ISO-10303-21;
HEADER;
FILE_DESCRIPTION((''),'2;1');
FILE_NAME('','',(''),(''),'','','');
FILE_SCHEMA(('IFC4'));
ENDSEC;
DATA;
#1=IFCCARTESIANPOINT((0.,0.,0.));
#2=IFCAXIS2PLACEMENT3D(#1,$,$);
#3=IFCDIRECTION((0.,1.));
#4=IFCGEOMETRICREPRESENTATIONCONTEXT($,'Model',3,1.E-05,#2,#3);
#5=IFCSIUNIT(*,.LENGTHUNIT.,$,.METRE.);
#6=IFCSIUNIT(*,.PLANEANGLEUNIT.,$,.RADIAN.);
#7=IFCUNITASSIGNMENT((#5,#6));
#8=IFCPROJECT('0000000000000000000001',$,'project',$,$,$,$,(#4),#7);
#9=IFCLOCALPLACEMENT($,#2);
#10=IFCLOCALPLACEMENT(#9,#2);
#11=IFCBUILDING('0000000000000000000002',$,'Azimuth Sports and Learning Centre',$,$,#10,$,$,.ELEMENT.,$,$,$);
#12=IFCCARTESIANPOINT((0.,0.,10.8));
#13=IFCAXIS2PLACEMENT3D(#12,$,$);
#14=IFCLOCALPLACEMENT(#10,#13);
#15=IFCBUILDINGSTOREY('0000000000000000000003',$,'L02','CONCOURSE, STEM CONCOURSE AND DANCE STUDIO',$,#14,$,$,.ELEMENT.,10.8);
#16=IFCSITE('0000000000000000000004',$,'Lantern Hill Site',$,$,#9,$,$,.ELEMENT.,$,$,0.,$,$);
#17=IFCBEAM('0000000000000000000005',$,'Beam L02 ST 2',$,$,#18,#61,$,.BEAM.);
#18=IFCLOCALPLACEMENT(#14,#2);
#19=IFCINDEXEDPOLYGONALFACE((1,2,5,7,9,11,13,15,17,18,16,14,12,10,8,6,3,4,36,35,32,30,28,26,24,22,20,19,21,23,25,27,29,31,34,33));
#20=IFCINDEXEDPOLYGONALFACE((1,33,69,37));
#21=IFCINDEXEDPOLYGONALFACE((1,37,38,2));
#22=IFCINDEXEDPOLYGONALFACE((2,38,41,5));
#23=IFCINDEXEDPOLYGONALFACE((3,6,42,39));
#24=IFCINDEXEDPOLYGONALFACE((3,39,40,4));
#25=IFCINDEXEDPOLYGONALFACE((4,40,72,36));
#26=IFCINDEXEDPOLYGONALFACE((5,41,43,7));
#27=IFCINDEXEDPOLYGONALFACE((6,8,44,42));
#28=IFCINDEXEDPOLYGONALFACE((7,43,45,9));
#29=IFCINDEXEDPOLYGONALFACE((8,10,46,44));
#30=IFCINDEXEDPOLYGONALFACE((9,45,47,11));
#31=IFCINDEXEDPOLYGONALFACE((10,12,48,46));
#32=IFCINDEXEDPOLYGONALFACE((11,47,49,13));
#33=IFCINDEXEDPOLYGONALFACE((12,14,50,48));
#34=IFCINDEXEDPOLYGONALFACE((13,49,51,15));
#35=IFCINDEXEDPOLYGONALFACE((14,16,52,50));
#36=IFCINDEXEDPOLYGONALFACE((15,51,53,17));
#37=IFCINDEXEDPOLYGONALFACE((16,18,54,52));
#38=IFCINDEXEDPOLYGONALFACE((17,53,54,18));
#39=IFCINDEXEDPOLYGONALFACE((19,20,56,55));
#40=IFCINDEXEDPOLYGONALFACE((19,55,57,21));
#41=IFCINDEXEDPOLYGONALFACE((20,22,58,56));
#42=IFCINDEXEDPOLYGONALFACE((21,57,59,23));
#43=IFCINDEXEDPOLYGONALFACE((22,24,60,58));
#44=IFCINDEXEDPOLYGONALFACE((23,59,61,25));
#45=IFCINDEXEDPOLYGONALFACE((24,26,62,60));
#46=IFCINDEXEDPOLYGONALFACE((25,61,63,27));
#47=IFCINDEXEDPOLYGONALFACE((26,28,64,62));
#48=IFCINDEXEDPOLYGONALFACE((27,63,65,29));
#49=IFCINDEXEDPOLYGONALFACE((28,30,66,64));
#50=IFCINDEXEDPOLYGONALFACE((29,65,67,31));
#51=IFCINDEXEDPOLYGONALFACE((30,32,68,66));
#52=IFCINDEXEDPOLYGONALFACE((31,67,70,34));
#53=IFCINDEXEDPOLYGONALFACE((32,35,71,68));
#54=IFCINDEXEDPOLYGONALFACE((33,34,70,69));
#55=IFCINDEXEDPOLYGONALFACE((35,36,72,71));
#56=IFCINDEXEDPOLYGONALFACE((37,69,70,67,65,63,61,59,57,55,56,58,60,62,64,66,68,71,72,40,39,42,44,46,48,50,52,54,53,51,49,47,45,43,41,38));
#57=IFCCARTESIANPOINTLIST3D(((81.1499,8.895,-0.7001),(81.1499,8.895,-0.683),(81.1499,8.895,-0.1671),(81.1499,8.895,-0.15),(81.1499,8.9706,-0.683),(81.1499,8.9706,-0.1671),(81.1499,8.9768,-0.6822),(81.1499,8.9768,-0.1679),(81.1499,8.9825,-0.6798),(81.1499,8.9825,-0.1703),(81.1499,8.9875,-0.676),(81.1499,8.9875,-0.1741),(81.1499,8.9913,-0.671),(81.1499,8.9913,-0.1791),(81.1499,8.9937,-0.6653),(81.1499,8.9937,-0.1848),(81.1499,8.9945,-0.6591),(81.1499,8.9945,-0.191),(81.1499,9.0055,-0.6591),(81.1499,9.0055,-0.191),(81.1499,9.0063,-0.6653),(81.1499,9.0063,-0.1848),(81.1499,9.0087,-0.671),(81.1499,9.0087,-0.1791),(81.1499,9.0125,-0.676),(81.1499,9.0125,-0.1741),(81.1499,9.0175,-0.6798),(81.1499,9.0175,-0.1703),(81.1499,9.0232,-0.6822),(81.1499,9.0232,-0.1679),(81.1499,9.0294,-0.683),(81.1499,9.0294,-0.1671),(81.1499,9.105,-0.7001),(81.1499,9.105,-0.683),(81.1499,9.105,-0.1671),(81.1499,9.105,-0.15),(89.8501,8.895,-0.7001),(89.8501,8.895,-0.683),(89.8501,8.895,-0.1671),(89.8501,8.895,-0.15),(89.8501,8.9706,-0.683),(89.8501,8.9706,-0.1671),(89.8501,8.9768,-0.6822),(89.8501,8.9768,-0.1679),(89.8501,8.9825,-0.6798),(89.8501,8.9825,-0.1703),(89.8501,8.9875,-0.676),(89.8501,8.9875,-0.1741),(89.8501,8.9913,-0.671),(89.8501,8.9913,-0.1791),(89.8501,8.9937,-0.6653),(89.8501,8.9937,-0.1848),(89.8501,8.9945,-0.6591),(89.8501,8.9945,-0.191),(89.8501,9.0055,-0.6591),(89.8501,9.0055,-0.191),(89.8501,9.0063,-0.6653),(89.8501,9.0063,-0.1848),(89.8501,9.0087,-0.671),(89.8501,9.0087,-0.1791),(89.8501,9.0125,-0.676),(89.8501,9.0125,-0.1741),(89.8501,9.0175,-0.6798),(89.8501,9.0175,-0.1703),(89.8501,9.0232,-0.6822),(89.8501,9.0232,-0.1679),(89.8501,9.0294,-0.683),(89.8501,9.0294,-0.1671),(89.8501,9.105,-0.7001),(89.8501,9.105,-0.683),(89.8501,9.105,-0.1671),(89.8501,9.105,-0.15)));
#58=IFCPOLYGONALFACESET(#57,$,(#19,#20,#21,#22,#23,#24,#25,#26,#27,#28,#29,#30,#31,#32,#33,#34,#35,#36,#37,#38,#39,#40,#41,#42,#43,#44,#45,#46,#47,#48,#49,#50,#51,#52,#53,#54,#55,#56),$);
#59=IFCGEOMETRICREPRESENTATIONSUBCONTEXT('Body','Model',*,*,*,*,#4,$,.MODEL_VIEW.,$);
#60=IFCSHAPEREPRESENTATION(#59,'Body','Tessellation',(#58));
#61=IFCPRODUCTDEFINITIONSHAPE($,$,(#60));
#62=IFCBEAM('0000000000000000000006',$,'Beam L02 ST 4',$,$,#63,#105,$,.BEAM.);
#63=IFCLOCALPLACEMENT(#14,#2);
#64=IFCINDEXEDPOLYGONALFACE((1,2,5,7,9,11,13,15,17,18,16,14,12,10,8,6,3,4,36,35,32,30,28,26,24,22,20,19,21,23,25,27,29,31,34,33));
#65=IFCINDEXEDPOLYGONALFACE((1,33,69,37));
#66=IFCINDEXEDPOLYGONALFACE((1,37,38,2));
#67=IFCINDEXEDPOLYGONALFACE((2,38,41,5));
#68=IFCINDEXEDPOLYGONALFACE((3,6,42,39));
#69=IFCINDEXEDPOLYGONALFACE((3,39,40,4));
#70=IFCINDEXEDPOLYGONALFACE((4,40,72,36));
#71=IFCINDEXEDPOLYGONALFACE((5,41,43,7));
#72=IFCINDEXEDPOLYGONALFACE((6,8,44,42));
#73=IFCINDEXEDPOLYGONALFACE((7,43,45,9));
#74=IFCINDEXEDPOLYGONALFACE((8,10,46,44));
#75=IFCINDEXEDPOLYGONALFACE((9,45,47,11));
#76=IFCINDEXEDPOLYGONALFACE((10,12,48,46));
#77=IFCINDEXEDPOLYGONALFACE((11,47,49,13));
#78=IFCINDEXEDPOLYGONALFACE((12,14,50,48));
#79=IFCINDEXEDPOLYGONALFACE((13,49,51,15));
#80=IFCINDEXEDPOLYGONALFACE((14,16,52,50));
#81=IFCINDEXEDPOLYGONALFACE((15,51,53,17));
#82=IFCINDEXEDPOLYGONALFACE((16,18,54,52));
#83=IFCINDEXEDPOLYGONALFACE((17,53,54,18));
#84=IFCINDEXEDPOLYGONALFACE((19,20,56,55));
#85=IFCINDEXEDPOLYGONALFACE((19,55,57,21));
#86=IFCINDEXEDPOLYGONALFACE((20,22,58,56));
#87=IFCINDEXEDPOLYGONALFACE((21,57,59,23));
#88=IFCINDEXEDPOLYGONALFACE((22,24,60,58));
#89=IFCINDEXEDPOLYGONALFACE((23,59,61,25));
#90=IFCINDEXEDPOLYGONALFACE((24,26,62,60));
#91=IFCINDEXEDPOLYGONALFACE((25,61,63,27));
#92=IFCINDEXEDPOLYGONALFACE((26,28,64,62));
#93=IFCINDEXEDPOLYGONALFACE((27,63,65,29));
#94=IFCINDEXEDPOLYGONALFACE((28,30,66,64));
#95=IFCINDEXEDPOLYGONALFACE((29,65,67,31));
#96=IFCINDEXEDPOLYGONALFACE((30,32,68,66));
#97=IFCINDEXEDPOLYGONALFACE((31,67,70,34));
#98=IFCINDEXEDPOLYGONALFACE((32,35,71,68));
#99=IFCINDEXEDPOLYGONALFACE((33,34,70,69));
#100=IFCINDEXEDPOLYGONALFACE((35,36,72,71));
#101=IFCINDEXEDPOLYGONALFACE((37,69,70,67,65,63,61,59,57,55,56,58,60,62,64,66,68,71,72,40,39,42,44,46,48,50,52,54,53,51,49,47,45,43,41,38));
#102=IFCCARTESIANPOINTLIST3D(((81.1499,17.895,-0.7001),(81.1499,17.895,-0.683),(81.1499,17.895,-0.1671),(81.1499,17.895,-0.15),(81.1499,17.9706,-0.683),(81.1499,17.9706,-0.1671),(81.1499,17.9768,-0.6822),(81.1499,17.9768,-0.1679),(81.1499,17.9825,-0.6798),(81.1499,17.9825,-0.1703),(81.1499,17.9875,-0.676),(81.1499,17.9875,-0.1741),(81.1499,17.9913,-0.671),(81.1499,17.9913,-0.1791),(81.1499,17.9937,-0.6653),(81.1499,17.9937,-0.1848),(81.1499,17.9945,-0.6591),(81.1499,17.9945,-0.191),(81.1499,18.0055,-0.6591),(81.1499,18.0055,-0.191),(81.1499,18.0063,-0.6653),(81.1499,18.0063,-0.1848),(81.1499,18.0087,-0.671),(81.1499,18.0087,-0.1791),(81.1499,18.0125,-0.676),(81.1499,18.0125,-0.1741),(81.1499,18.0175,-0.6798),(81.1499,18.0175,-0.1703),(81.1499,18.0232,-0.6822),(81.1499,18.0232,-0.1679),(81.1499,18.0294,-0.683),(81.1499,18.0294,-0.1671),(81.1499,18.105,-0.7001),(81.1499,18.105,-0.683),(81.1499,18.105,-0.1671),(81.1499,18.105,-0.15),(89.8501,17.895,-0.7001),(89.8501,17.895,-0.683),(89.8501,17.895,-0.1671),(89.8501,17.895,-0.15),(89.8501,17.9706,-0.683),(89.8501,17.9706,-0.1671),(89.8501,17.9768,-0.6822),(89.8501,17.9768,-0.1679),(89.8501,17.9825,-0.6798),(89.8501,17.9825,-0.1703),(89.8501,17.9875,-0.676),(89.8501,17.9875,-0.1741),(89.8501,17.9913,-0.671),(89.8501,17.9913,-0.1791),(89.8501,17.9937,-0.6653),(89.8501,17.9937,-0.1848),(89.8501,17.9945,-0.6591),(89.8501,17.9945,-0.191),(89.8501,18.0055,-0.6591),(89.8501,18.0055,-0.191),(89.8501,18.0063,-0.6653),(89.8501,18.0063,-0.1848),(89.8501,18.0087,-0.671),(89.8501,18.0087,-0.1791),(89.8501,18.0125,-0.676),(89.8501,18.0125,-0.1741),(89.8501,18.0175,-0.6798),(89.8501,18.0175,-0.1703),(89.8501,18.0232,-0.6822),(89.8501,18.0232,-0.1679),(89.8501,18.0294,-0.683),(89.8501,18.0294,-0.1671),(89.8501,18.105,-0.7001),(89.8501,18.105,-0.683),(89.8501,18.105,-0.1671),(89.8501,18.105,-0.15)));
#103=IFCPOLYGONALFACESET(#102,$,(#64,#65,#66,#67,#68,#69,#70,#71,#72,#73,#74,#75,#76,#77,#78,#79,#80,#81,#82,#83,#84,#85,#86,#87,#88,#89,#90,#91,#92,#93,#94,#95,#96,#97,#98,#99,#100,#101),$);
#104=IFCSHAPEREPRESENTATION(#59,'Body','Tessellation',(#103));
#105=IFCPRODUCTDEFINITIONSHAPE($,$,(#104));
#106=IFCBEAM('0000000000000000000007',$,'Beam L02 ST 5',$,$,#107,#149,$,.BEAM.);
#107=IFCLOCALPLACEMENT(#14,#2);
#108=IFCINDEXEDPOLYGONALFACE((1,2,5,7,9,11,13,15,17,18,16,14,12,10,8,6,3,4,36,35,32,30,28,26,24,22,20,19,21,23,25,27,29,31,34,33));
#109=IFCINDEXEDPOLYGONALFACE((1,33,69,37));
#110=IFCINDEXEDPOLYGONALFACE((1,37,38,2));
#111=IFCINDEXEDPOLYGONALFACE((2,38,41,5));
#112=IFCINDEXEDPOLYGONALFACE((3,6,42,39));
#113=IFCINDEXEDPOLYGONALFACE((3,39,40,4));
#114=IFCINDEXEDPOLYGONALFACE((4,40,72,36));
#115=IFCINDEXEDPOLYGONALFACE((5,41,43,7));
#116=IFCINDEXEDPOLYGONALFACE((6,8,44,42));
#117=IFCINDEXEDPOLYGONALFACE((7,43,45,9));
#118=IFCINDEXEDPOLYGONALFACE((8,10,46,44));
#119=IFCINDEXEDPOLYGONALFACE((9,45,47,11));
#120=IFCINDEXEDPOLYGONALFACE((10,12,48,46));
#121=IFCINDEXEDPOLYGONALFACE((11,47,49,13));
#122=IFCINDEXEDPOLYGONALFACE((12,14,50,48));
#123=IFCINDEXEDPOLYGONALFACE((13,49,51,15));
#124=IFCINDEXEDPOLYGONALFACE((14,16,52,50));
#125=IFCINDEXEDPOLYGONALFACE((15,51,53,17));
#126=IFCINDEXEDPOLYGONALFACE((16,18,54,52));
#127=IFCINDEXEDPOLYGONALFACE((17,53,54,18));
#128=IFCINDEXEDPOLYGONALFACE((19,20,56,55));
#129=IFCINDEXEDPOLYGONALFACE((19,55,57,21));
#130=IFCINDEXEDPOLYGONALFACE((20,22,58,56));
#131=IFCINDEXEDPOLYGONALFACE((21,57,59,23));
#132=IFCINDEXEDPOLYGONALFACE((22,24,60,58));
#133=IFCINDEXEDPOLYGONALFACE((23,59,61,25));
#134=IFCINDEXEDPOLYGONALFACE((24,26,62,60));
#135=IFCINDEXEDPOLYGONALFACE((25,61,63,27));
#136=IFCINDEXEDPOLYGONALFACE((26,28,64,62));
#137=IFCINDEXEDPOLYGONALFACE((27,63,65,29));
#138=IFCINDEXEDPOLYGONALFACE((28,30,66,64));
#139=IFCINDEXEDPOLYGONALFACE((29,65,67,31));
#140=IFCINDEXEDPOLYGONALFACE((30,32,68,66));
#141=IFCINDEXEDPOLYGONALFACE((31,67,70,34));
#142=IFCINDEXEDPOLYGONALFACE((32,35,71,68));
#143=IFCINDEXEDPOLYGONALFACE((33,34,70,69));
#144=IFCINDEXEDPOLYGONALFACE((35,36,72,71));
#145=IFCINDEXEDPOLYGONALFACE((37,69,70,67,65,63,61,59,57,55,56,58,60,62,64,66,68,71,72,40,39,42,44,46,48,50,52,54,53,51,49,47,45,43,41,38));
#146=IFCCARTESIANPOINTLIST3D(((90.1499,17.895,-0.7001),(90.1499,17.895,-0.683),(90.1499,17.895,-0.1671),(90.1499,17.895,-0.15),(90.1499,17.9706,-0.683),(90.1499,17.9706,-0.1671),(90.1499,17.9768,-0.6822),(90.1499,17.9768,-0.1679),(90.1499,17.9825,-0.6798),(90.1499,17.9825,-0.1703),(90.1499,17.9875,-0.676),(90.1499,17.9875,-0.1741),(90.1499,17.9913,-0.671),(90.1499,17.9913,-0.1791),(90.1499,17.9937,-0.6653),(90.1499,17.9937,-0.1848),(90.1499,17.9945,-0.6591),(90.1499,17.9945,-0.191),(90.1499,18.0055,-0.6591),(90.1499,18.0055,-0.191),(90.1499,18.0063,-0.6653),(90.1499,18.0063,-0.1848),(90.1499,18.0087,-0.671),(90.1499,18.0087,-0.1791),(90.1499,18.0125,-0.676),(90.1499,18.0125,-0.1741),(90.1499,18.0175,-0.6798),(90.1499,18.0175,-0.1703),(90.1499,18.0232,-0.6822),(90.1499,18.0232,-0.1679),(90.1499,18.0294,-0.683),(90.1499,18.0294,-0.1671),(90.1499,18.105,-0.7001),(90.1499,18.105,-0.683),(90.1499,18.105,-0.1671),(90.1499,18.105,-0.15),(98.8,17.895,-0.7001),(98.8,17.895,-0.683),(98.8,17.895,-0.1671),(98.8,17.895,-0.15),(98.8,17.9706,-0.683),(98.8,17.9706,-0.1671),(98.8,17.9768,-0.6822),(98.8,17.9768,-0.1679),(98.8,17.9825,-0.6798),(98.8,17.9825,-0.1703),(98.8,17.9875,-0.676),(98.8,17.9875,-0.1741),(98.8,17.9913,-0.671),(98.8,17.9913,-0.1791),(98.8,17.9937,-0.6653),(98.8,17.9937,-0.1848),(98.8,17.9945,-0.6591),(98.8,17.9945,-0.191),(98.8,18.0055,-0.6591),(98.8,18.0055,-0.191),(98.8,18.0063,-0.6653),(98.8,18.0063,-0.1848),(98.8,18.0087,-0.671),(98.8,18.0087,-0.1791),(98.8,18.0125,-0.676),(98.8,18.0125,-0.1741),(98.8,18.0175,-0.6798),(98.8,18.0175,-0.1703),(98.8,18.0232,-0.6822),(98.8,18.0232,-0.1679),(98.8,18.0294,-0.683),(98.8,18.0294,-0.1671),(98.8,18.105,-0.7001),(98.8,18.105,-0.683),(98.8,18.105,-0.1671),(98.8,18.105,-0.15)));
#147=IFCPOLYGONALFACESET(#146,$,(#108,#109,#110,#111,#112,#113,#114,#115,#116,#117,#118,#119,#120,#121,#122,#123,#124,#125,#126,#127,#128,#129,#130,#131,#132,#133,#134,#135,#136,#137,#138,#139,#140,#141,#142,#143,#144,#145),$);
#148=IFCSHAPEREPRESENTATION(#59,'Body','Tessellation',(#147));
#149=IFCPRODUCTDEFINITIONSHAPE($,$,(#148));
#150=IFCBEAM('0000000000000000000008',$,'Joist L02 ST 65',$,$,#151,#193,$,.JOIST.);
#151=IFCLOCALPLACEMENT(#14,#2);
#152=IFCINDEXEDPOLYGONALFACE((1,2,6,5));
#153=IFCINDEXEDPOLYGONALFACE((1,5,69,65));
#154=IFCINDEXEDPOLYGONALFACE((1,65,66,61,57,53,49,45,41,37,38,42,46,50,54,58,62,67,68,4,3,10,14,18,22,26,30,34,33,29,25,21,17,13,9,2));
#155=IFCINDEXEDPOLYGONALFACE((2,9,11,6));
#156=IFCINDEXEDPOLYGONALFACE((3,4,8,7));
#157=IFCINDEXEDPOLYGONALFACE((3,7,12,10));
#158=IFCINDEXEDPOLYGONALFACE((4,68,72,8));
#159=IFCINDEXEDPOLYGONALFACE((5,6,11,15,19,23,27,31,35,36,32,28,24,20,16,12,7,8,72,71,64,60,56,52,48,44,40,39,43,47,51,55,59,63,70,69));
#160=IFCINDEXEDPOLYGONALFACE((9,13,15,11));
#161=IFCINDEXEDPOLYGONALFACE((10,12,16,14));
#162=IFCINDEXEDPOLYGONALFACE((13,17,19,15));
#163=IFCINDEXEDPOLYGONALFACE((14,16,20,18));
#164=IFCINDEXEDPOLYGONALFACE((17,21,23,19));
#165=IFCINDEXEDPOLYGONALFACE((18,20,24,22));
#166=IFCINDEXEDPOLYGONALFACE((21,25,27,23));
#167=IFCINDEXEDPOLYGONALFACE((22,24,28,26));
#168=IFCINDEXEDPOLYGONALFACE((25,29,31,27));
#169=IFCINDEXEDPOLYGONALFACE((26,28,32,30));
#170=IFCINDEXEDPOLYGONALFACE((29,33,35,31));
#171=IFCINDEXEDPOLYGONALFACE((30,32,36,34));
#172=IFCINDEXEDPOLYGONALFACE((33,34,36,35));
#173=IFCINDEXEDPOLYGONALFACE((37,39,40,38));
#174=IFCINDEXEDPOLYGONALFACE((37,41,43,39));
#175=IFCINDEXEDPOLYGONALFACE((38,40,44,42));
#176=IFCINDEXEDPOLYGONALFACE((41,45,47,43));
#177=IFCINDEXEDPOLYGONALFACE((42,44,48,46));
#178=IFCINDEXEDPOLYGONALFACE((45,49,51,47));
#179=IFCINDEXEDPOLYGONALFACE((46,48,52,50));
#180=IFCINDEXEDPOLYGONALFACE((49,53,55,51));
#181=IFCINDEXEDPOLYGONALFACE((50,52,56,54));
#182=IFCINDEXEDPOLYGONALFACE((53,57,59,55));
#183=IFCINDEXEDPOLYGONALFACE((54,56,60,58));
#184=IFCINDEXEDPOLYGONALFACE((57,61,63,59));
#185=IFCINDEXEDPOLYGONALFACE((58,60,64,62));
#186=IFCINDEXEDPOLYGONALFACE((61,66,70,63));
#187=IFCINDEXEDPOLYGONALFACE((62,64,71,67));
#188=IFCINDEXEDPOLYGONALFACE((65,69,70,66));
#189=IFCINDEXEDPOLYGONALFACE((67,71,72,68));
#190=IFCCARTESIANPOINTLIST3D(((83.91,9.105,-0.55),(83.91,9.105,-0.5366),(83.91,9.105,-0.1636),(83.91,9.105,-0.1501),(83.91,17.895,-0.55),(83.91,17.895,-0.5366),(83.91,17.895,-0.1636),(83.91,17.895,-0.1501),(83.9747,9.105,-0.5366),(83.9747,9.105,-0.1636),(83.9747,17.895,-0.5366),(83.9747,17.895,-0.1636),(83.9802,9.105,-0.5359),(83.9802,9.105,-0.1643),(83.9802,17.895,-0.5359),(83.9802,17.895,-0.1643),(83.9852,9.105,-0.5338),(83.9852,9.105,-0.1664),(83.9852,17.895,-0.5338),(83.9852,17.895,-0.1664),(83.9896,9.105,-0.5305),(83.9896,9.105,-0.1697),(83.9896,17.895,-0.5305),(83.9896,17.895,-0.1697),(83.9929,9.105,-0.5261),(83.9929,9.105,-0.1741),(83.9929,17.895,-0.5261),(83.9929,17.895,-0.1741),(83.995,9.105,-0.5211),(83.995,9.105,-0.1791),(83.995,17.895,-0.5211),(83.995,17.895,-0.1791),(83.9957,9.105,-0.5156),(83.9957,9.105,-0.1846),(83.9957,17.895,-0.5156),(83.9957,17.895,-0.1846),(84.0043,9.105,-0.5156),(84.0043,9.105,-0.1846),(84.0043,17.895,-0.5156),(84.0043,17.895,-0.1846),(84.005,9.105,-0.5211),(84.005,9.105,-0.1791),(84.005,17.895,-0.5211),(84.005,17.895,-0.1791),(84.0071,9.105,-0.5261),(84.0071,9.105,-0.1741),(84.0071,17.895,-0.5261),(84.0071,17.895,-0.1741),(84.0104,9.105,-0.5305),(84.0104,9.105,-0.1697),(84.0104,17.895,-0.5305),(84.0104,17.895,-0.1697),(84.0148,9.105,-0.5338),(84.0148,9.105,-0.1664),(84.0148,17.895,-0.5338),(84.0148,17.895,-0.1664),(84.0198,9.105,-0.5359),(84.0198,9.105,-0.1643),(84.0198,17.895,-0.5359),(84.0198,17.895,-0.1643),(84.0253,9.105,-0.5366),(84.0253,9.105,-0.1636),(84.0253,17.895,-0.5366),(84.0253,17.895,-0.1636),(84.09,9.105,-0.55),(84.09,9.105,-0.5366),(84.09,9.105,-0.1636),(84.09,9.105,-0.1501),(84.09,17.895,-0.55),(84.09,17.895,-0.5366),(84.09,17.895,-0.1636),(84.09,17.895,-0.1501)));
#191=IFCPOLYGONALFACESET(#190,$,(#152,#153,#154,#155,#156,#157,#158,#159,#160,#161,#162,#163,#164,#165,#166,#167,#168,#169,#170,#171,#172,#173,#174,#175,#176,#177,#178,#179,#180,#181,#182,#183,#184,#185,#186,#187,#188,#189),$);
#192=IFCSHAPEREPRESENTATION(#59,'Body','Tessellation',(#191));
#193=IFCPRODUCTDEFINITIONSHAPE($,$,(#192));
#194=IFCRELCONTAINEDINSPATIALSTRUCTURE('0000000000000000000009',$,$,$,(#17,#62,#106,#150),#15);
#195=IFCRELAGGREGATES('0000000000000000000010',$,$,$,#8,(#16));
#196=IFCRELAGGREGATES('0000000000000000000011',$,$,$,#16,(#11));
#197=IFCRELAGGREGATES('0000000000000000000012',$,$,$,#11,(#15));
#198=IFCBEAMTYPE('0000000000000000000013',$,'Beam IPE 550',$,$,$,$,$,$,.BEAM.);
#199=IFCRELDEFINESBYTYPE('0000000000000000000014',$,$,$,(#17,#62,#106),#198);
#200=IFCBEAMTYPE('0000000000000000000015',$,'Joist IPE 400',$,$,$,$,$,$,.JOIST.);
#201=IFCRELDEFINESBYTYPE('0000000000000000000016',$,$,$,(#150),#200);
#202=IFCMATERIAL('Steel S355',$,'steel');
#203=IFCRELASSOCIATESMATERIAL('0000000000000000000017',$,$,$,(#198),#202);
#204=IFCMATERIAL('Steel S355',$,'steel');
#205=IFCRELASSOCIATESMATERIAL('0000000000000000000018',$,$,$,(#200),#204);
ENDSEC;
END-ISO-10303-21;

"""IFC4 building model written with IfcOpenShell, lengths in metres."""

from ifc_helpers import new_model, si_unit, direction, frame, origin, origin_2d, place, context, subcontext, project, spatial, i_section, extrude, material, material_profile, profile_set, type_object, element, save


model = new_model("IFC4")

# Units and contexts
model_context = context("Model", 3, precision=1e-05, world=origin(), true_north=direction((0.0, 1.0)))
body_context = subcontext(model_context, "Body", "Model", "MODEL_VIEW")
ifc_project = project(units=[si_unit("LENGTHUNIT", "METRE"), si_unit("PLANEANGLEUNIT", "RADIAN")], contexts=[model_context])

# Site, building, storey
site_placement = place(None, origin())
site = spatial("IfcSite", under=ifc_project, at=site_placement, Name="Lantern Hill Site", CompositionType="ELEMENT", RefElevation=0.0)
building_placement = place(site_placement, origin())
building = spatial("IfcBuilding", under=site, at=building_placement, Name="Azimuth Sports and Learning Centre", CompositionType="ELEMENT")
storey_placement = place(building_placement, frame((0.0, 0.0, 10.8)))
storey = spatial("IfcBuildingStorey", under=building, at=storey_placement, Name="L02", Description="CONCOURSE, STEM CONCOURSE AND DANCE STUDIO", CompositionType="ELEMENT", Elevation=10.8)

# Beams
ifc_material_1 = material(Name="Steel S355", Category="steel")
ifc_material_profile_1 = material_profile(ifc_material_1, i_section(OverallWidth=0.21, OverallDepth=0.55, WebThickness=0.011, FlangeThickness=0.0171, FilletRadius=0.0239, at=origin_2d()), Name="IPE 550")
ifc_profile_set_1 = profile_set([ifc_material_profile_1], Name="Steel S355")
beam_type_1 = type_object("IfcBeamType", Name="Beam IPE 550", PredefinedType="BEAM", material=ifc_profile_set_1)
for number, where, z_axis, x_axis, name in (
    (1, (81.1499, 9.0, -0.425), (1.0, 0.0, 0.0), (0.0, 1.0, 0.0), "Beam L02 ST 2"),
    (2, (81.1499, 18.0, -0.425), (1.0, 0.0, 0.0), (0.0, 1.0, 0.0), "Beam L02 ST 4"),
):
    element("IfcBeam", number, at=place(storey_placement, frame(where, z_axis=z_axis, x_axis=x_axis)), inside=storey, type_object=beam_type_1, Name=name, PredefinedType="BEAM", context=body_context, shape_type="SweptSolid", body=[
        extrude(i_section(OverallWidth=0.21, OverallDepth=0.55, WebThickness=0.011, FlangeThickness=0.0171, FilletRadius=0.0239, at=origin_2d()), origin(), (0.0, 0.0, 1.0), 8.7002),
    ])
beam_1_placement = place(storey_placement, frame((90.1499, 18.0, -0.425), z_axis=(1.0, 0.0, 0.0), x_axis=(0.0, 1.0, 0.0)))
element("IfcBeam", 3, at=beam_1_placement, inside=storey, type_object=beam_type_1, Name="Beam L02 ST 5", PredefinedType="BEAM", context=body_context, shape_type="SweptSolid", body=[
    extrude(i_section(OverallWidth=0.21, OverallDepth=0.55, WebThickness=0.011, FlangeThickness=0.0171, FilletRadius=0.0239, at=origin_2d()), origin(), (0.0, 0.0, 1.0), 8.6501),
])
ifc_material_2 = material(Name="Steel S355", Category="steel")
ifc_material_profile_2 = material_profile(ifc_material_2, i_section(OverallWidth=0.1799, OverallDepth=0.3999, WebThickness=0.0085, FlangeThickness=0.0134, FilletRadius=0.021, at=origin_2d()), Name="IPE 400")
ifc_profile_set_2 = profile_set([ifc_material_profile_2], Name="Steel S355")
beam_type_2 = type_object("IfcBeamType", Name="Joist IPE 400", PredefinedType="JOIST", material=ifc_profile_set_2)
for number, where, z_axis, x_axis, name in (
    (4, (84.0, 9.105, -0.3501), (0.0, 1.0, 0.0), (-1.0, 0.0, 0.0), "Joist L02 ST 65"),
):
    element("IfcBeam", number, at=place(storey_placement, frame(where, z_axis=z_axis, x_axis=x_axis)), inside=storey, type_object=beam_type_2, Name=name, PredefinedType="JOIST", context=body_context, shape_type="SweptSolid", body=[
        extrude(i_section(OverallWidth=0.1799, OverallDepth=0.3999, WebThickness=0.0085, FlangeThickness=0.0134, FilletRadius=0.021, at=origin_2d()), origin(), (0.0, 0.0, 1.0), 8.79),
    ])

save(model, "model.ifc")
